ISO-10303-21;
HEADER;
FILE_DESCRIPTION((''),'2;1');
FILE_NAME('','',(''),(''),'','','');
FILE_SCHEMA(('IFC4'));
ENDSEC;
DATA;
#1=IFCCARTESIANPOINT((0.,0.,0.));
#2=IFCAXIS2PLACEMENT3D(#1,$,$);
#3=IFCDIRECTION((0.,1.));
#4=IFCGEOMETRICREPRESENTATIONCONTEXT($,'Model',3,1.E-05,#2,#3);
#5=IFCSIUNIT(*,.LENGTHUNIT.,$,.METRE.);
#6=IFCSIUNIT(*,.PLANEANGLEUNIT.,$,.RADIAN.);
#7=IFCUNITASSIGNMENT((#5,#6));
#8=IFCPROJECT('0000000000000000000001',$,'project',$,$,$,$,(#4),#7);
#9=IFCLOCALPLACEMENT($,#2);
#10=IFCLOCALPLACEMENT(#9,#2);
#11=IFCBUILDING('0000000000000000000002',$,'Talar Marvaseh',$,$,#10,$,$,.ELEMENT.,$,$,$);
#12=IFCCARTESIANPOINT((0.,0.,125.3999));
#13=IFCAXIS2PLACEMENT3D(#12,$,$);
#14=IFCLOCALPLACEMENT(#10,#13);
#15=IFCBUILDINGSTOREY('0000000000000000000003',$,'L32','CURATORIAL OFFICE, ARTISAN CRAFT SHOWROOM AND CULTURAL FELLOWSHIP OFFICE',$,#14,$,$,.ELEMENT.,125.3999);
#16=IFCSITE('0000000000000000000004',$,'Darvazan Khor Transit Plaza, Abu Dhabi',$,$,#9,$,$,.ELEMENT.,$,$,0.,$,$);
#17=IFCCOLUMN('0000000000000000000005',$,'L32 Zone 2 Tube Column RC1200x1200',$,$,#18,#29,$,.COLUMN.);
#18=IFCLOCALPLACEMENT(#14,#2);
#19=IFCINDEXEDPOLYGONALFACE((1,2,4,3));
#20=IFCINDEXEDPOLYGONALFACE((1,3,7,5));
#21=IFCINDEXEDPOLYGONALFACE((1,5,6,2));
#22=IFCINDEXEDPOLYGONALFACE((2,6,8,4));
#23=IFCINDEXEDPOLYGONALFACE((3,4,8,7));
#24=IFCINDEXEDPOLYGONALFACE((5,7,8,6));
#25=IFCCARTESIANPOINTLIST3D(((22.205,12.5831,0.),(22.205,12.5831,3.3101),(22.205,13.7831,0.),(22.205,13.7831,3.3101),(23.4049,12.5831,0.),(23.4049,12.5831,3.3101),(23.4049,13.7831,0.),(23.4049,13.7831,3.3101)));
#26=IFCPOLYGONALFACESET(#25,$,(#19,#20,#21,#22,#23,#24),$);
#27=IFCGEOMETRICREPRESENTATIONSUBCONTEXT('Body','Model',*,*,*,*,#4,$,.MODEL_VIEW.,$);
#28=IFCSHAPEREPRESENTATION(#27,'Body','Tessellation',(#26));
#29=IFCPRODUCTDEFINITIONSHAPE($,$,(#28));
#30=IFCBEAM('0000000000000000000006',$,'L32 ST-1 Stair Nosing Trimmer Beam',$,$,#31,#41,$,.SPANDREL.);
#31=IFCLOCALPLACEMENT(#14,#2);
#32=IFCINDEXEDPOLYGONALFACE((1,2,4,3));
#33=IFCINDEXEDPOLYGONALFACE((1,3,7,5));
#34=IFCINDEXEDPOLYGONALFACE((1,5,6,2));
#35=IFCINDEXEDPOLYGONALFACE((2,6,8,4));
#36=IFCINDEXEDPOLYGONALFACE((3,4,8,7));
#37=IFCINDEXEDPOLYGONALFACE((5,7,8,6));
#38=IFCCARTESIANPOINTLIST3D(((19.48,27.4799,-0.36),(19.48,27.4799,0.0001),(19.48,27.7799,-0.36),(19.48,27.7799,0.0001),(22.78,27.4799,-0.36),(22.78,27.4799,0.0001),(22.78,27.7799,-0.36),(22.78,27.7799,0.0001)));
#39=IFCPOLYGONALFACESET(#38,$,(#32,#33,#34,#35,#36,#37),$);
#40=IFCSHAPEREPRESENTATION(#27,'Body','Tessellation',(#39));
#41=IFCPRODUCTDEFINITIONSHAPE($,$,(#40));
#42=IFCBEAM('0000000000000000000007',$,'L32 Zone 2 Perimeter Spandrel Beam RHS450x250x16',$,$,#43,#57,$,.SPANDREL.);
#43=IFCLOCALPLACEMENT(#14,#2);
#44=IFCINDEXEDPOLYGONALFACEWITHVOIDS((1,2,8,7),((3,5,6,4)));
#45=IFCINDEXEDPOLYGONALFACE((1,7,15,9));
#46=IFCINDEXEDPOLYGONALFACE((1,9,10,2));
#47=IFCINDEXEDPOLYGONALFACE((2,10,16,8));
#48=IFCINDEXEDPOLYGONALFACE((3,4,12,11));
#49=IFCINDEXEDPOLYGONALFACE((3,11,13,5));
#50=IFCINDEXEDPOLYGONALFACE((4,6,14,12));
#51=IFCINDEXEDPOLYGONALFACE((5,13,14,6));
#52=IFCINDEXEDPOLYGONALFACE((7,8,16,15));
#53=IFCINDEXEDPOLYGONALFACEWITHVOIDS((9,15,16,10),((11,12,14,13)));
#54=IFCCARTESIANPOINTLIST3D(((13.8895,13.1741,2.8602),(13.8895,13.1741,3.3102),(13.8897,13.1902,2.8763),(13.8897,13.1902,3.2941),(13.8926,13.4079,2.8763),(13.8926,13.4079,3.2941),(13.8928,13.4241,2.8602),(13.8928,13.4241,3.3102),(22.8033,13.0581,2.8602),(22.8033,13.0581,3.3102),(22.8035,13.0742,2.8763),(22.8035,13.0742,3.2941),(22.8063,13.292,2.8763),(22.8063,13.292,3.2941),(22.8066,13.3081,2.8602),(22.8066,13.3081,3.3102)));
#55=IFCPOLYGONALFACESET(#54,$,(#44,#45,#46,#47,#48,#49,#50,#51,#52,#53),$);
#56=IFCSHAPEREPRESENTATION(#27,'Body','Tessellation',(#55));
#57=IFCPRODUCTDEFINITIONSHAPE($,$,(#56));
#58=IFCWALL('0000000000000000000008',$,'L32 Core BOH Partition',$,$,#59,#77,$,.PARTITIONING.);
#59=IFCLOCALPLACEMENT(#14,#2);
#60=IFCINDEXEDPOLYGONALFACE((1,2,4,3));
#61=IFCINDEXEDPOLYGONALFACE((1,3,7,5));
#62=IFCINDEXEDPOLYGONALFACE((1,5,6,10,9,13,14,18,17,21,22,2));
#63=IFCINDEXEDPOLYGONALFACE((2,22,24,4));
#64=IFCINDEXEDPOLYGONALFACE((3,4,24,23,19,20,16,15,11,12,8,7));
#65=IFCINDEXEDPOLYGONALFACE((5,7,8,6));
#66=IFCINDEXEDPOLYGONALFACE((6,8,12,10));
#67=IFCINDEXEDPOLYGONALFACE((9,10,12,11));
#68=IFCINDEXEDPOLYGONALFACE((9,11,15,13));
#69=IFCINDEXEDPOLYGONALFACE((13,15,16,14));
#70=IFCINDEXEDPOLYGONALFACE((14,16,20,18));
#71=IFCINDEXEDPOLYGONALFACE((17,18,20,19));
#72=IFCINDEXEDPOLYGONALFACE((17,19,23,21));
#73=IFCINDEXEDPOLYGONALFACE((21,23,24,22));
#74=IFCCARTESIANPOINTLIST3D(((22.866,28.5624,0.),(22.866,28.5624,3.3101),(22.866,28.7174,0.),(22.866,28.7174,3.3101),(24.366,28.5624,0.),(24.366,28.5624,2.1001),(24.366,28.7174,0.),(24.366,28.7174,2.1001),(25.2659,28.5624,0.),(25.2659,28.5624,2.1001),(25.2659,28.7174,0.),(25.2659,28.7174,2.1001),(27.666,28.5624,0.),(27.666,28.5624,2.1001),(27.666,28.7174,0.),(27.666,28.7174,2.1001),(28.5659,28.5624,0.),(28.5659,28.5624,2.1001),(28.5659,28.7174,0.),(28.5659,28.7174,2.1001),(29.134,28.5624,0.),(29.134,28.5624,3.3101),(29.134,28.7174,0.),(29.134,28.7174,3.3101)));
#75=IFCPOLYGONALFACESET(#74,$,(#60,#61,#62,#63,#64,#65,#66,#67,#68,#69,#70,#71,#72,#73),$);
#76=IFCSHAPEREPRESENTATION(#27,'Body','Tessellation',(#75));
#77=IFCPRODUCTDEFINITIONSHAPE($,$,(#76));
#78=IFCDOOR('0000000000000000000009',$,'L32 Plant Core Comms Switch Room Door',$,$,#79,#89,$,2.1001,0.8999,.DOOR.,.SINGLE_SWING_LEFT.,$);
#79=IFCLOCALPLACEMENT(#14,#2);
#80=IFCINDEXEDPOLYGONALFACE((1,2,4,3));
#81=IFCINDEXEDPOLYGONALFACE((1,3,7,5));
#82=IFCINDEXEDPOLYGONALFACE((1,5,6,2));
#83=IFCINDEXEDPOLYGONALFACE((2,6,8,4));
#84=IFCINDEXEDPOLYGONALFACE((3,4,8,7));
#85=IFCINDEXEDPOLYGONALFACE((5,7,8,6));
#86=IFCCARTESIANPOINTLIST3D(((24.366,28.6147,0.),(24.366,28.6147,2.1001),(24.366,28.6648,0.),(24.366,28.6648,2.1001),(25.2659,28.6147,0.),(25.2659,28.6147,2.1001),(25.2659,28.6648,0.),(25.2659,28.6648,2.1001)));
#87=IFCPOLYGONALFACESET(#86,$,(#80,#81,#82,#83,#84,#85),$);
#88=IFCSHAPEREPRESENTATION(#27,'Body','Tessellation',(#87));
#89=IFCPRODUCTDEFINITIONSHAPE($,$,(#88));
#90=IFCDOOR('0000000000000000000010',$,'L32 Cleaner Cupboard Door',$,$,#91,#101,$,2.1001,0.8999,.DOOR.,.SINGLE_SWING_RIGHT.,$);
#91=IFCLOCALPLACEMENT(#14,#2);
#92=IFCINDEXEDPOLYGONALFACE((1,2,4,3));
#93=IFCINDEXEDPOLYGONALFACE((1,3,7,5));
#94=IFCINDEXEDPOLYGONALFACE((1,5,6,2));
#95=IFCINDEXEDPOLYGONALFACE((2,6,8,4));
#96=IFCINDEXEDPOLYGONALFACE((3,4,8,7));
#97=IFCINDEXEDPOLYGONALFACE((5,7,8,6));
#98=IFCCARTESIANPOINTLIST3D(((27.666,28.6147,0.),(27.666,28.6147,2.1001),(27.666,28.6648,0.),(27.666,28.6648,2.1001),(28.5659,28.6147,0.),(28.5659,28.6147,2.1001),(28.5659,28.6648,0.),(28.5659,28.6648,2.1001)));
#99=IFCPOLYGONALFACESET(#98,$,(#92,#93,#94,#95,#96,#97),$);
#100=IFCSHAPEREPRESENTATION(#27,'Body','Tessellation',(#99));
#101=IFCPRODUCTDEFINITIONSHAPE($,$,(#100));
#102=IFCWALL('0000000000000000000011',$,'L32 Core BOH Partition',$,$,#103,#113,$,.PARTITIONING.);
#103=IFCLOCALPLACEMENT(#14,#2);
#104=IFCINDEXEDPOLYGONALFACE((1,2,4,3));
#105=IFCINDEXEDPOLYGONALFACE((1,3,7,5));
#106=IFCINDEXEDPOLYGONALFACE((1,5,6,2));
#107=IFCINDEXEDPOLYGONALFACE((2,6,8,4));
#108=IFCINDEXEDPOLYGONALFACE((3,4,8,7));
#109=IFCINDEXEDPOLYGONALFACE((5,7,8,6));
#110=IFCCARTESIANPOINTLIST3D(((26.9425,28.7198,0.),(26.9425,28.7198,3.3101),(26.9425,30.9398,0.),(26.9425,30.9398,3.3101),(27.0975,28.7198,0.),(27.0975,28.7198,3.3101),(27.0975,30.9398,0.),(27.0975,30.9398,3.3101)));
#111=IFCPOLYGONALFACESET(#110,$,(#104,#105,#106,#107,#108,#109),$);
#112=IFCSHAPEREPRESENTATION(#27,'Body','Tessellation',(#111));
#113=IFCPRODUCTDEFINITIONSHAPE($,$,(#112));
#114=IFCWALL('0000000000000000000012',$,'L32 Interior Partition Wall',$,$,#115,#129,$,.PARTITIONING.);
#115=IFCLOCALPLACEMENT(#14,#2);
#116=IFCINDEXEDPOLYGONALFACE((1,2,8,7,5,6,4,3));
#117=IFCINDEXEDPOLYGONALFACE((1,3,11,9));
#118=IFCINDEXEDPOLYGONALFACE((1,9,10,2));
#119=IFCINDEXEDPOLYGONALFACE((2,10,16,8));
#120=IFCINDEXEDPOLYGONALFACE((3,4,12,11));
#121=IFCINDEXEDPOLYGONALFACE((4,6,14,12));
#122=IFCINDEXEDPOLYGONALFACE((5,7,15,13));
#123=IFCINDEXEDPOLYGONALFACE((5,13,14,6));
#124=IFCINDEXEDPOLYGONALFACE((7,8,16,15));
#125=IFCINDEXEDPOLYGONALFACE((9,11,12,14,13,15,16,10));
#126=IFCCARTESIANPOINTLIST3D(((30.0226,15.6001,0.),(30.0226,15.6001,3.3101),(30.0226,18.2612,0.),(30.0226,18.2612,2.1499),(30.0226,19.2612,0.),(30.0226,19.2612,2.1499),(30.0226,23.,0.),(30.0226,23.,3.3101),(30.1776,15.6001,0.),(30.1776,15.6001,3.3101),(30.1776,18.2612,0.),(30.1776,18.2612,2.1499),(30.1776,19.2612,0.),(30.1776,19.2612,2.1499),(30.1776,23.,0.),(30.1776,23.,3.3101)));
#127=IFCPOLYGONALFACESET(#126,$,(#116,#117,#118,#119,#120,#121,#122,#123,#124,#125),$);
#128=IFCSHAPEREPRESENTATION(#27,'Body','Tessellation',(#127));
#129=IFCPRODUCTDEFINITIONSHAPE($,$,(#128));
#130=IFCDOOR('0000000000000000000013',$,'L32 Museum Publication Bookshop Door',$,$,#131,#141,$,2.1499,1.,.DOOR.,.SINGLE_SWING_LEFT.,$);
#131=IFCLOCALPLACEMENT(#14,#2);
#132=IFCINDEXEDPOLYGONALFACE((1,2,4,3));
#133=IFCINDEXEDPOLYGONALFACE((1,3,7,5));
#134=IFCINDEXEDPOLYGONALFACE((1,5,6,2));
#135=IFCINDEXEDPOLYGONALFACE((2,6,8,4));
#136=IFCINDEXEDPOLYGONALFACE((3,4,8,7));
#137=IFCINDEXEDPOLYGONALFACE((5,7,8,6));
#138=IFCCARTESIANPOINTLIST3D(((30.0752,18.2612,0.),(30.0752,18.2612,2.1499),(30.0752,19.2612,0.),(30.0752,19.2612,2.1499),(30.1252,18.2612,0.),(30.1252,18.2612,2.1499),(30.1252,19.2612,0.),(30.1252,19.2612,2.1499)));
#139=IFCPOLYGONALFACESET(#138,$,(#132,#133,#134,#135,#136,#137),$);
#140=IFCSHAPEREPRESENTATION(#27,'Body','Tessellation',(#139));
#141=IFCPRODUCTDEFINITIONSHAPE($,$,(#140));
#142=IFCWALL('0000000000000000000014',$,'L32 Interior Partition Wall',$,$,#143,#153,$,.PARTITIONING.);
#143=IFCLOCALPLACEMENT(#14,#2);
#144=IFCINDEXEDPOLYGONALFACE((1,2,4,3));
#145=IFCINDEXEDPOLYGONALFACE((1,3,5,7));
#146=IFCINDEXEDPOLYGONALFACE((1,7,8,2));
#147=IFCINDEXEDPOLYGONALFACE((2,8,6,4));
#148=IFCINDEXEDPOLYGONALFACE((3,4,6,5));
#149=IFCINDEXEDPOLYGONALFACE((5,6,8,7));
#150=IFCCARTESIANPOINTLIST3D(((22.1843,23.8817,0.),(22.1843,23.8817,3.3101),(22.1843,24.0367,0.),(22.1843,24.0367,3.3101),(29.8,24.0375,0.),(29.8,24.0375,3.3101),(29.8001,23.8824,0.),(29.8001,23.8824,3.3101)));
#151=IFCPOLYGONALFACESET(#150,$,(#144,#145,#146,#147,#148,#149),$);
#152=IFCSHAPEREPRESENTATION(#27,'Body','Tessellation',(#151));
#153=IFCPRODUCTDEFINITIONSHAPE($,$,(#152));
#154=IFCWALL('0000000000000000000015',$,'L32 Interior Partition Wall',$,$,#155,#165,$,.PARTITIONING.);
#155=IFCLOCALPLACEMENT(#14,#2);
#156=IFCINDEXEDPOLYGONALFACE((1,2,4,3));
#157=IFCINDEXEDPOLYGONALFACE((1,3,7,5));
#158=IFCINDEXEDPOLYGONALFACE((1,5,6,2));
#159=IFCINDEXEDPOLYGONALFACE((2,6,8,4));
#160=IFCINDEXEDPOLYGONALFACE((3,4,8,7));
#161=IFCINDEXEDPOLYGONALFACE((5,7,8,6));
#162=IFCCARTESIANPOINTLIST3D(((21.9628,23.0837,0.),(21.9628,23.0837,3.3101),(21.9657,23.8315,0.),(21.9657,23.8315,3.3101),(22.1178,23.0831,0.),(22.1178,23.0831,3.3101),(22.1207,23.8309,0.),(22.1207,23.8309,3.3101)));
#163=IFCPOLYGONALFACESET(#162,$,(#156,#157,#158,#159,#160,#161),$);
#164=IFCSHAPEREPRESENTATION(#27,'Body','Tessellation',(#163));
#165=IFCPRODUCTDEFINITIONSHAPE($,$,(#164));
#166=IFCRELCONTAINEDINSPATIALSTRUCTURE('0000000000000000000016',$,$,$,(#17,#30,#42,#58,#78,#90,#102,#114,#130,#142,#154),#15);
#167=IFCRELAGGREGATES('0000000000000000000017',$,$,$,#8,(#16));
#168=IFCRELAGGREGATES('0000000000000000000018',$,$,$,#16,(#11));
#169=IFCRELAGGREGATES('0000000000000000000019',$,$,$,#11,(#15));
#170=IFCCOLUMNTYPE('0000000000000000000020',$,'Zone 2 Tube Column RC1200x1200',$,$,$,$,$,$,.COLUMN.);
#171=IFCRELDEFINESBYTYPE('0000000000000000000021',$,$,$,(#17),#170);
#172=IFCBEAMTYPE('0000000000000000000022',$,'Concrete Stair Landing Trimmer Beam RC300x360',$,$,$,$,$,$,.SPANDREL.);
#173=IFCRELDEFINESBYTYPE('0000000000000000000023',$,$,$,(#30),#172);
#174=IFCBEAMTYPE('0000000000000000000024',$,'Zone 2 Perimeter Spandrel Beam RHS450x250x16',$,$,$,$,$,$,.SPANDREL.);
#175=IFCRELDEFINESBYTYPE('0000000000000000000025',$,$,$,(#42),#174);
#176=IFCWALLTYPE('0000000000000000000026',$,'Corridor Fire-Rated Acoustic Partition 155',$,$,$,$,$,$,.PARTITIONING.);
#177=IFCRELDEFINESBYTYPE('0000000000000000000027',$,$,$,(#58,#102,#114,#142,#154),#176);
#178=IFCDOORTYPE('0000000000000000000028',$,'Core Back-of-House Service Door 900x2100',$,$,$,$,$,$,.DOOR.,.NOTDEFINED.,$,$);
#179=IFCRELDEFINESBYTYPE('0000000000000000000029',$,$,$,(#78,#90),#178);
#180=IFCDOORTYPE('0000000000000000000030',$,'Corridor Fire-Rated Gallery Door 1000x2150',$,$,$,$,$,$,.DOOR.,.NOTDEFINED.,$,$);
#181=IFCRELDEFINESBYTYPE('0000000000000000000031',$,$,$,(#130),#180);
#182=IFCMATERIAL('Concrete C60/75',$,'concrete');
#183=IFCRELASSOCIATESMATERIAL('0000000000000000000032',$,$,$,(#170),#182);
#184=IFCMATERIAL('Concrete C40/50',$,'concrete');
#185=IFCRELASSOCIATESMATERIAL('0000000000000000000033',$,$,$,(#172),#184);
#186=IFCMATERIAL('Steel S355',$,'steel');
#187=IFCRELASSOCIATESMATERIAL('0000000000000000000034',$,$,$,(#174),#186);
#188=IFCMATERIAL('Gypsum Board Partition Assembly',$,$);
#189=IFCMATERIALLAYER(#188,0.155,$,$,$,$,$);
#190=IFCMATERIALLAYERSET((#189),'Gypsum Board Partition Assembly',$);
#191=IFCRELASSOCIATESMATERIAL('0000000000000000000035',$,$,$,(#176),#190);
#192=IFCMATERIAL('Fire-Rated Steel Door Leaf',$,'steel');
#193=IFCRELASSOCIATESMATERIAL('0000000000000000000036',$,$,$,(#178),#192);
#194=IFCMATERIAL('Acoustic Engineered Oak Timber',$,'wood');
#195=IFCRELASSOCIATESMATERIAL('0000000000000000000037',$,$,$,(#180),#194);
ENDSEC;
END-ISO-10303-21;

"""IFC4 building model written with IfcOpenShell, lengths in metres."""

from ifc_helpers import new_model, si_unit, direction, frame, frame_2d, origin, origin_2d, place, context, subcontext, project, spatial, rectangle, hollow_rectangle, extrude, source, transform, mapped, material, layer, layer_set, material_profile, profile_set, type_object, type_shapes, element, fill, save


model = new_model("IFC4")

# Units and contexts
model_context = context("Model", 3, precision=1e-05, world=origin(), true_north=direction((0.0, 1.0)))
body_context = subcontext(model_context, "Body", "Model", "MODEL_VIEW")
ifc_project = project(units=[si_unit("LENGTHUNIT", "METRE"), si_unit("PLANEANGLEUNIT", "RADIAN")], contexts=[model_context])

# Site, building, storey
site_placement = place(None, origin())
site = spatial("IfcSite", under=ifc_project, at=site_placement, Name="Darvazan Khor Transit Plaza, Abu Dhabi", CompositionType="ELEMENT", RefElevation=0.0)
building_placement = place(site_placement, origin())
building = spatial("IfcBuilding", under=site, at=building_placement, Name="Talar Marvaseh", CompositionType="ELEMENT")
storey_placement = place(building_placement, frame((0.0, 0.0, 125.3999)))
storey = spatial("IfcBuildingStorey", under=building, at=storey_placement, Name="L32", Description="CURATORIAL OFFICE, ARTISAN CRAFT SHOWROOM AND CULTURAL FELLOWSHIP OFFICE", CompositionType="ELEMENT", Elevation=125.3999)

# Column
ifc_material_1 = material(Name="Concrete C60/75", Category="concrete")
ifc_material_profile_1 = material_profile(ifc_material_1, rectangle(XDim=1.2, YDim=1.2, at=origin_2d()), Name="RC1200x1200")
ifc_profile_set_1 = profile_set([ifc_material_profile_1], Name="Concrete C60/75")
column_type = type_object("IfcColumnType", Name="Zone 2 Tube Column RC1200x1200", PredefinedType="COLUMN", material=ifc_profile_set_1)
column_placement = place(storey_placement, frame((22.8049, 13.1831, 0.0), z_axis=(0.0, 0.0, 1.0), x_axis=(1.0, 0.0, 0.0)))
element("IfcColumn", 1, at=column_placement, inside=storey, type_object=column_type, Name="L32 Zone 2 Tube Column RC1200x1200", PredefinedType="COLUMN", context=body_context, shape_type="SweptSolid", body=[
    extrude(rectangle(XDim=1.2, YDim=1.2, at=origin_2d()), origin(), (0.0, 0.0, 1.0), 3.3101),
])

# Beams
ifc_material_2 = material(Name="Concrete C40/50", Category="concrete")
ifc_material_profile_2 = material_profile(ifc_material_2, rectangle(XDim=0.3, YDim=0.3601, at=origin_2d()), Name="RC300x360")
ifc_profile_set_2 = profile_set([ifc_material_profile_2], Name="Concrete C40/50")
beam_type_1 = type_object("IfcBeamType", Name="Concrete Stair Landing Trimmer Beam RC300x360", PredefinedType="SPANDREL", material=ifc_profile_set_2)
beam_1_placement = place(storey_placement, frame((22.78, 27.6299, -0.1799), z_axis=(-1.0, 0.0, 0.0), x_axis=(0.0, -1.0, 0.0)))
element("IfcBeam", 2, at=beam_1_placement, inside=storey, type_object=beam_type_1, Name="L32 ST-1 Stair Nosing Trimmer Beam", PredefinedType="SPANDREL", context=body_context, shape_type="SweptSolid", body=[
    extrude(rectangle(XDim=0.3, YDim=0.3601, at=origin_2d()), origin(), (0.0, 0.0, 1.0), 3.3),
])
ifc_material_3 = material(Name="Steel S355", Category="steel")
ifc_material_profile_3 = material_profile(ifc_material_3, hollow_rectangle(XDim=0.25, YDim=0.45, WallThickness=0.0161, at=origin_2d()), Name="RHS450x250x16")
ifc_profile_set_3 = profile_set([ifc_material_profile_3], Name="Steel S355")
beam_type_2 = type_object("IfcBeamType", Name="Zone 2 Perimeter Spandrel Beam RHS450x250x16", PredefinedType="SPANDREL", material=ifc_profile_set_3)
beam_2_placement = place(storey_placement, frame((22.8049, 13.1831, 3.0852), z_axis=(-0.999915, 0.013009, 0.0), x_axis=(-0.013009, -0.999915, 0.0)))
element("IfcBeam", 3, at=beam_2_placement, inside=storey, type_object=beam_type_2, Name="L32 Zone 2 Perimeter Spandrel Beam RHS450x250x16", PredefinedType="SPANDREL", context=body_context, shape_type="SweptSolid", body=[
    extrude(hollow_rectangle(XDim=0.25, YDim=0.45, WallThickness=0.0161, at=origin_2d()), origin(), (0.0, 0.0, 1.0), 8.9146),
])

# Wall, openings, doors
ifc_material_4 = material(Name="Gypsum Board Partition Assembly")
ifc_layer_1 = layer(ifc_material_4, 0.155)
ifc_layer_set_1 = layer_set([ifc_layer_1], Name="Gypsum Board Partition Assembly")
wall_type_1 = type_object("IfcWallType", Name="Corridor Fire-Rated Acoustic Partition 155", PredefinedType="PARTITIONING", material=ifc_layer_set_1)
wall_1_placement = place(storey_placement, frame((22.866, 28.6399, 0.0), z_axis=(0.0, 0.0, 1.0), x_axis=(1.0, 0.0, 0.0)))
wall_1 = element("IfcWall", 4, at=wall_1_placement, inside=storey, type_object=wall_type_1, Name="L32 Core BOH Partition", PredefinedType="PARTITIONING", context=body_context, shape_type="SweptSolid", body=[
    extrude(rectangle(XDim=6.2681, YDim=0.155, at=frame_2d((3.134, 0.0))), origin(), (0.0, 0.0, 1.0), 3.3101),
])
opening_1_placement = place(wall_1_placement, frame((1.5, 0.0, 0.0)))
opening_1 = element("IfcOpeningElement", 5, at=opening_1_placement, cuts=wall_1, PredefinedType="OPENING", context=body_context, shape_type="SweptSolid", body=[
    extrude(rectangle(XDim=0.8999, YDim=2.1001, at=frame_2d((0.45, 1.05))), frame((0.0, 0.0874, 0.0), z_axis=(0.0, -1.0, 0.0), x_axis=(1.0, 0.0, 0.0)), (0.0, 0.0, 1.0), 0.175),
])
opening_2_placement = place(wall_1_placement, frame((4.8, 0.0, 0.0)))
opening_2 = element("IfcOpeningElement", 6, at=opening_2_placement, cuts=wall_1, PredefinedType="OPENING", context=body_context, shape_type="SweptSolid", body=[
    extrude(rectangle(XDim=0.8999, YDim=2.1001, at=frame_2d((0.45, 1.05))), frame((0.0, 0.0874, 0.0), z_axis=(0.0, -1.0, 0.0), x_axis=(1.0, 0.0, 0.0)), (0.0, 0.0, 1.0), 0.175),
])
ifc_material_5 = material(Name="Fire-Rated Steel Door Leaf", Category="steel")
door_type_1 = type_object("IfcDoorType", Name="Core Back-of-House Service Door 900x2100", OperationType="NOTDEFINED", PredefinedType="DOOR", material=ifc_material_5)
shared_shape_1 = source(origin(), body_context, "Body", "SweptSolid", [
    extrude(rectangle(XDim=0.8999, YDim=2.1001, at=frame_2d((0.45, 1.05))), frame((0.0, 0.0249, 0.0), z_axis=(0.0, -1.0, 0.0), x_axis=(1.0, 0.0, 0.0)), (0.0, 0.0, 1.0), 0.05),
])
type_shapes(door_type_1, [shared_shape_1])
door_1_placement = place(opening_1_placement, origin())
door_1 = element("IfcDoor", 7, at=door_1_placement, inside=storey, type_object=door_type_1, Name="L32 Plant Core Comms Switch Room Door", OperationType="SINGLE_SWING_LEFT", OverallHeight=2.1001, OverallWidth=0.8999, PredefinedType="DOOR", context=body_context, shape_type="MappedRepresentation", body=[
    mapped(shared_shape_1, transform((0.0, 0.0, 0.0), x_axis=(1.0, 0.0, 0.0), y_axis=(0.0, 1.0, 0.0), z_axis=(0.0, 0.0, 1.0), scale=1.0)),
])
fill(opening_1, door_1)
door_2_placement = place(opening_2_placement, origin())
door_2 = element("IfcDoor", 8, at=door_2_placement, inside=storey, type_object=door_type_1, Name="L32 Cleaner Cupboard Door", OperationType="SINGLE_SWING_RIGHT", OverallHeight=2.1001, OverallWidth=0.8999, PredefinedType="DOOR", context=body_context, shape_type="MappedRepresentation", body=[
    mapped(shared_shape_1, transform((0.0, 0.0, 0.0), x_axis=(1.0, 0.0, 0.0), y_axis=(0.0, 1.0, 0.0), z_axis=(0.0, 0.0, 1.0), scale=1.0)),
])
fill(opening_2, door_2)

# Wall
wall_2_placement = place(storey_placement, frame((27.02, 28.72, 0.0), z_axis=(0.0, 0.0, 1.0), x_axis=(0.0, 1.0, 0.0)))
element("IfcWall", 9, at=wall_2_placement, inside=storey, type_object=wall_type_1, Name="L32 Core BOH Partition", PredefinedType="PARTITIONING", context=body_context, shape_type="SweptSolid", body=[
    extrude(rectangle(XDim=2.22, YDim=0.155, at=frame_2d((1.1099, 0.0))), origin(), (0.0, 0.0, 1.0), 3.3101),
])

# Wall, opening, door
wall_3_placement = place(storey_placement, frame((30.1001, 15.6001, 0.0), z_axis=(0.0, 0.0, 1.0), x_axis=(0.0, 1.0, 0.0)))
wall_3 = element("IfcWall", 10, at=wall_3_placement, inside=storey, type_object=wall_type_1, Name="L32 Interior Partition Wall", PredefinedType="PARTITIONING", context=body_context, shape_type="SweptSolid", body=[
    extrude(rectangle(XDim=7.3999, YDim=0.155, at=frame_2d((3.7, 0.0))), origin(), (0.0, 0.0, 1.0), 3.3101),
])
opening_3_placement = place(wall_3_placement, frame((2.6611, 0.0, 0.0)))
opening_3 = element("IfcOpeningElement", 11, at=opening_3_placement, cuts=wall_3, PredefinedType="OPENING", context=body_context, shape_type="SweptSolid", body=[
    extrude(rectangle(XDim=1.0, YDim=2.1499, at=frame_2d((0.5, 1.075))), frame((0.0, 0.0874, 0.0), z_axis=(0.0, -1.0, 0.0), x_axis=(1.0, 0.0, 0.0)), (0.0, 0.0, 1.0), 0.175),
])
ifc_material_6 = material(Name="Acoustic Engineered Oak Timber", Category="wood")
door_type_2 = type_object("IfcDoorType", Name="Corridor Fire-Rated Gallery Door 1000x2150", OperationType="NOTDEFINED", PredefinedType="DOOR", material=ifc_material_6)
shared_shape_2 = source(origin(), body_context, "Body", "SweptSolid", [
    extrude(rectangle(XDim=1.0, YDim=2.1499, at=frame_2d((0.5, 1.075))), frame((0.0, 0.0249, 0.0), z_axis=(0.0, -1.0, 0.0), x_axis=(1.0, 0.0, 0.0)), (0.0, 0.0, 1.0), 0.05),
])
type_shapes(door_type_2, [shared_shape_2])
door_3_placement = place(opening_3_placement, origin())
door_3 = element("IfcDoor", 12, at=door_3_placement, inside=storey, type_object=door_type_2, Name="L32 Museum Publication Bookshop Door", OperationType="SINGLE_SWING_LEFT", OverallHeight=2.1499, OverallWidth=1.0, PredefinedType="DOOR", context=body_context, shape_type="MappedRepresentation", body=[
    mapped(shared_shape_2, transform((0.0, 0.0, 0.0), x_axis=(1.0, 0.0, 0.0), y_axis=(0.0, 1.0, 0.0), z_axis=(0.0, 0.0, 1.0), scale=1.0)),
])
fill(opening_3, door_3)

# Walls
wall_4_placement = place(storey_placement, frame((29.8, 23.96, 0.0), z_axis=(0.0, 0.0, 1.0), x_axis=(-1.0, -0.000096, 0.0)))
element("IfcWall", 13, at=wall_4_placement, inside=storey, type_object=wall_type_1, Name="L32 Interior Partition Wall", PredefinedType="PARTITIONING", context=body_context, shape_type="SweptSolid", body=[
    extrude(rectangle(XDim=7.6157, YDim=0.155, at=frame_2d((3.8079, 0.0))), origin(), (0.0, 0.0, 1.0), 3.3101),
])
wall_5_placement = place(storey_placement, frame((22.0432, 23.8313, 0.0), z_axis=(0.0, 0.0, 1.0), x_axis=(-0.003918, -0.999992, 0.0)))
element("IfcWall", 14, at=wall_5_placement, inside=storey, type_object=wall_type_1, Name="L32 Interior Partition Wall", PredefinedType="PARTITIONING", context=body_context, shape_type="SweptSolid", body=[
    extrude(rectangle(XDim=0.7478, YDim=0.155, at=frame_2d((0.374, 0.0))), origin(), (0.0, 0.0, 1.0), 3.3101),
])

save(model, "model.ifc")
